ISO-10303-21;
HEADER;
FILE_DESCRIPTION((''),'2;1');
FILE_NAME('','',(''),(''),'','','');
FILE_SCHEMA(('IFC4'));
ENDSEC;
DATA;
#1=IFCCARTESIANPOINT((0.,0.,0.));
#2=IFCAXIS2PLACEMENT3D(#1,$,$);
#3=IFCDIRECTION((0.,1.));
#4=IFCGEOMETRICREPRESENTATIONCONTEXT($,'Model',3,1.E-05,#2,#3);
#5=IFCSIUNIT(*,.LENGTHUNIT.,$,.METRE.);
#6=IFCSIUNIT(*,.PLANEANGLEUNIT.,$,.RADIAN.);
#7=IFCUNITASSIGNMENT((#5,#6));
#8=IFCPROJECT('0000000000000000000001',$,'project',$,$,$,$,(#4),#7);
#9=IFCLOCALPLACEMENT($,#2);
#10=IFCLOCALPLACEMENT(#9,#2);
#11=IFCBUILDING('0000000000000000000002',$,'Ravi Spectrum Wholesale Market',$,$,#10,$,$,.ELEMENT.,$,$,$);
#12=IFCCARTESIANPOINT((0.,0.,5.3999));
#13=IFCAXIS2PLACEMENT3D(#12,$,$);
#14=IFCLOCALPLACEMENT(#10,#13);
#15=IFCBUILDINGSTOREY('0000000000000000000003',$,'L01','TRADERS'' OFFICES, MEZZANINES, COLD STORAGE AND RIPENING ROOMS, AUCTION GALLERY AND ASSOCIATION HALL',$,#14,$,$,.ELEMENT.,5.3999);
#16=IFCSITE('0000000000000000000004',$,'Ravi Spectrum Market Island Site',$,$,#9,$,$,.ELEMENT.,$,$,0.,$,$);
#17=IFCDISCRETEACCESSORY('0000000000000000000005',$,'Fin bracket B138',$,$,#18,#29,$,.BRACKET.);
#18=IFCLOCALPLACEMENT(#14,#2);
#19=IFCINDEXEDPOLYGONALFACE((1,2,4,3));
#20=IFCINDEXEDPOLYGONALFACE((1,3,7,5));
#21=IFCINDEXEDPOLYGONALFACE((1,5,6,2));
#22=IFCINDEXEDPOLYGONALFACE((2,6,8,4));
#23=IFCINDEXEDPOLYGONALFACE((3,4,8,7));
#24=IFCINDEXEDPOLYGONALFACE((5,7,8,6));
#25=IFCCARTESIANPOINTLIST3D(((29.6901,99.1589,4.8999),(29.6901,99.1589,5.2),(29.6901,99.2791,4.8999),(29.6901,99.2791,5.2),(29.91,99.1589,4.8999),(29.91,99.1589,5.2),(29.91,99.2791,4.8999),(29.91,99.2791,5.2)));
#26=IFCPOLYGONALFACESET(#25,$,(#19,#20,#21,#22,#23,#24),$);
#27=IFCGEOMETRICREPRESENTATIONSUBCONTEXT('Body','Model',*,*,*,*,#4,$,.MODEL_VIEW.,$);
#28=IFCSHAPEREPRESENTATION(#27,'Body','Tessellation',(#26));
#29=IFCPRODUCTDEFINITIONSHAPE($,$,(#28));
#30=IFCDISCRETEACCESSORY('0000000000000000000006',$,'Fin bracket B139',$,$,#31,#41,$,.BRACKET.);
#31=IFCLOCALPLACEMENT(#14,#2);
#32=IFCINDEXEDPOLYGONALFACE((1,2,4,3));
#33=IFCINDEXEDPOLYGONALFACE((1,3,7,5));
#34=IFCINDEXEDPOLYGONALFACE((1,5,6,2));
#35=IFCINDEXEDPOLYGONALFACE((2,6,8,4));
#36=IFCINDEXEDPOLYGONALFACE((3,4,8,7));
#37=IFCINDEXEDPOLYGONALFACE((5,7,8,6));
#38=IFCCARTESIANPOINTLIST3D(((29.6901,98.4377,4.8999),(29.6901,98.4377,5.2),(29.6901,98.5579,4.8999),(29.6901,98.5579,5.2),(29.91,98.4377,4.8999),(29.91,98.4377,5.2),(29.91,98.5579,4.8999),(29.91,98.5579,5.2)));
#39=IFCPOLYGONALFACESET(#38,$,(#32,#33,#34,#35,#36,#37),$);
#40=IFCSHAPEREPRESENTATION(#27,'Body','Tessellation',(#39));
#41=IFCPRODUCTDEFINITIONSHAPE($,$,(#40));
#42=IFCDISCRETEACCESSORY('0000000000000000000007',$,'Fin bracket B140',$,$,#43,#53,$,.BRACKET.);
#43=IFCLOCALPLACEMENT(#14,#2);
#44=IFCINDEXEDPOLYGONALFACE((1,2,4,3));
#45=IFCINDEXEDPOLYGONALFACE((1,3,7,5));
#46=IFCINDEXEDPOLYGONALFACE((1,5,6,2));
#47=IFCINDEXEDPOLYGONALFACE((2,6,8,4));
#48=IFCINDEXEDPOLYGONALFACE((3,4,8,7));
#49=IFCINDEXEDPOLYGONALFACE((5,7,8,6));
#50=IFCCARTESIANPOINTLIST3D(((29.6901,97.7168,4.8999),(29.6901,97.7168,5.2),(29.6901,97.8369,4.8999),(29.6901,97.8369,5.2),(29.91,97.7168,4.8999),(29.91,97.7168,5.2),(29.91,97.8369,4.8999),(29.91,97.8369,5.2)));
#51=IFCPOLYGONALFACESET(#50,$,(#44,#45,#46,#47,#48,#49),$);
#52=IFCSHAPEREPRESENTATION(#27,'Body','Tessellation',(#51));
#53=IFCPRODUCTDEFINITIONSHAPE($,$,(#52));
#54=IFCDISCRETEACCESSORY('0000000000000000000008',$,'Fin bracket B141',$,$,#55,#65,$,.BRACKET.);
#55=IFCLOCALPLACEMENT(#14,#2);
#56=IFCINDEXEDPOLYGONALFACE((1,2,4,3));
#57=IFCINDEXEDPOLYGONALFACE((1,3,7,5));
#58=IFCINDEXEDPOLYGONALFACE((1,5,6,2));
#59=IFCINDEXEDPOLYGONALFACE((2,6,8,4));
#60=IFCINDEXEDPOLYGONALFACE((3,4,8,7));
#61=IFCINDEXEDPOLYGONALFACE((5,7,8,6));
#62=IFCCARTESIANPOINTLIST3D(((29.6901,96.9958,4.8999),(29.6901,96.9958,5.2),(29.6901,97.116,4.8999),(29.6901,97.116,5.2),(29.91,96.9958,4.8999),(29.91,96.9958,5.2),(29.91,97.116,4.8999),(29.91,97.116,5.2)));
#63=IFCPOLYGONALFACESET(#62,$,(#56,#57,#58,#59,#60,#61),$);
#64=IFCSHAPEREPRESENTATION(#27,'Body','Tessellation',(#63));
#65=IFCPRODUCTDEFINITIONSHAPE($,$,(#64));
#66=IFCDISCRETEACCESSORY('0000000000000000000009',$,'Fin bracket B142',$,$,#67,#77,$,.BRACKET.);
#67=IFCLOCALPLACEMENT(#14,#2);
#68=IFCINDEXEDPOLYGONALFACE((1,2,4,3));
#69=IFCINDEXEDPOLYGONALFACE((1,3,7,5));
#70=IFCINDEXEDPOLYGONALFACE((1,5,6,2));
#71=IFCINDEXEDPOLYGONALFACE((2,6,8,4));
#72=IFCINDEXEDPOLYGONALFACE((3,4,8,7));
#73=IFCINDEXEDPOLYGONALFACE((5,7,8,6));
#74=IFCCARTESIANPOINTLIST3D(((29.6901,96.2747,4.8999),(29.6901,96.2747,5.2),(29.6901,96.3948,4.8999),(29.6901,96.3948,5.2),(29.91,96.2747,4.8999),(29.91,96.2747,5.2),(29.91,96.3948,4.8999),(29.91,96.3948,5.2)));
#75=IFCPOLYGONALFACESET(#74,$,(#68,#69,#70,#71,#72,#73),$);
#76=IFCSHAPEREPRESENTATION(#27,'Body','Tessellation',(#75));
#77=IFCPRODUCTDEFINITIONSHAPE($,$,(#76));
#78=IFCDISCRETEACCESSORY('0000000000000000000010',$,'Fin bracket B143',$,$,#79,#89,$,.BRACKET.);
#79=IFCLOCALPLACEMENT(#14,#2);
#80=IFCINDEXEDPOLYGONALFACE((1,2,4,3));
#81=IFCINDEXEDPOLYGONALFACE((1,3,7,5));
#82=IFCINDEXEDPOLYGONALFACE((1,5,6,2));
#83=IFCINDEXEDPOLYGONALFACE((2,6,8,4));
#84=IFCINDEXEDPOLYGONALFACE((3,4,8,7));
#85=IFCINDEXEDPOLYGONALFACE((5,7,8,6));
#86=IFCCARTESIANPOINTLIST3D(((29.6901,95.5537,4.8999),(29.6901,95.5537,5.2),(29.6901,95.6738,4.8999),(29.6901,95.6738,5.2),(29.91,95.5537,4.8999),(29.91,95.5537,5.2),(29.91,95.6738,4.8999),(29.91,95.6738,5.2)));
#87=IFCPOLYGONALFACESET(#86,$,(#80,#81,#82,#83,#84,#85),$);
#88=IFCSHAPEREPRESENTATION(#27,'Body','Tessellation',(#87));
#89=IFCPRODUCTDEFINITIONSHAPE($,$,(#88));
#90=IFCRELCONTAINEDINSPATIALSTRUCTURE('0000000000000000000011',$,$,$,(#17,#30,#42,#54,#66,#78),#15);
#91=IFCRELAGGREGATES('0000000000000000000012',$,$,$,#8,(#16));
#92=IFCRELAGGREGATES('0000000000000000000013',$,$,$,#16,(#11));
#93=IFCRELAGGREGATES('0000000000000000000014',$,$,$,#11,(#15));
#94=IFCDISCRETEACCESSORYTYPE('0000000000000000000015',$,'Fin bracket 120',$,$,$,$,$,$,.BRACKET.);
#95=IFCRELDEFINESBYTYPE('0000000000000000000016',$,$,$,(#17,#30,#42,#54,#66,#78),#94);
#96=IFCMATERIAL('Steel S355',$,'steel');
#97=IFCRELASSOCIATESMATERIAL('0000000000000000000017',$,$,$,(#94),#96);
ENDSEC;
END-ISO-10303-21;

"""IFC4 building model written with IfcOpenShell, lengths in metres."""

from ifc_helpers import new_model, si_unit, direction, frame, origin, origin_2d, place, context, subcontext, project, spatial, rectangle, extrude, material, type_object, element, save


model = new_model("IFC4")

# Units and contexts
model_context = context("Model", 3, precision=1e-05, world=origin(), true_north=direction((0.0, 1.0)))
body_context = subcontext(model_context, "Body", "Model", "MODEL_VIEW")
ifc_project = project(units=[si_unit("LENGTHUNIT", "METRE"), si_unit("PLANEANGLEUNIT", "RADIAN")], contexts=[model_context])

# Site, building, storey
site_placement = place(None, origin())
site = spatial("IfcSite", under=ifc_project, at=site_placement, Name="Ravi Spectrum Market Island Site", CompositionType="ELEMENT", RefElevation=0.0)
building_placement = place(site_placement, origin())
building = spatial("IfcBuilding", under=site, at=building_placement, Name="Ravi Spectrum Wholesale Market", CompositionType="ELEMENT")
storey_placement = place(building_placement, frame((0.0, 0.0, 5.3999)))
storey = spatial("IfcBuildingStorey", under=building, at=storey_placement, Name="L01", Description="TRADERS' OFFICES, MEZZANINES, COLD STORAGE AND RIPENING ROOMS, AUCTION GALLERY AND ASSOCIATION HALL", CompositionType="ELEMENT", Elevation=5.3999)

# Discrete accessories
ifc_material_1 = material(Name="Steel S355", Category="steel")
discrete_accessory_type = type_object("IfcDiscreteAccessoryType", Name="Fin bracket 120", PredefinedType="BRACKET", material=ifc_material_1)
for number, where, z_axis, x_axis, name in (
    (1, (29.8, 99.219, 4.8999), (0.0, 0.0, 1.0), (0.0, -1.0, 0.0), "Fin bracket B138"),
    (2, (29.8, 98.4978, 4.8999), (0.0, 0.0, 1.0), (0.0, -1.0, 0.0), "Fin bracket B139"),
    (3, (29.8, 97.7769, 4.8999), (0.0, 0.0, 1.0), (0.0, -1.0, 0.0), "Fin bracket B140"),
    (4, (29.8, 97.0559, 4.8999), (0.0, 0.0, 1.0), (0.0, -1.0, 0.0), "Fin bracket B141"),
    (5, (29.8, 96.3347, 4.8999), (0.0, 0.0, 1.0), (0.0, -1.0, 0.0), "Fin bracket B142"),
    (6, (29.8, 95.6138, 4.8999), (0.0, 0.0, 1.0), (0.0, -1.0, 0.0), "Fin bracket B143"),
):
    element("IfcDiscreteAccessory", number, at=place(storey_placement, frame(where, z_axis=z_axis, x_axis=x_axis)), inside=storey, type_object=discrete_accessory_type, Name=name, PredefinedType="BRACKET", context=body_context, shape_type="SweptSolid", body=[
        extrude(rectangle(XDim=0.1201, YDim=0.22, at=origin_2d()), origin(), (0.0, 0.0, 1.0), 0.3),
    ])

save(model, "model.ifc")
